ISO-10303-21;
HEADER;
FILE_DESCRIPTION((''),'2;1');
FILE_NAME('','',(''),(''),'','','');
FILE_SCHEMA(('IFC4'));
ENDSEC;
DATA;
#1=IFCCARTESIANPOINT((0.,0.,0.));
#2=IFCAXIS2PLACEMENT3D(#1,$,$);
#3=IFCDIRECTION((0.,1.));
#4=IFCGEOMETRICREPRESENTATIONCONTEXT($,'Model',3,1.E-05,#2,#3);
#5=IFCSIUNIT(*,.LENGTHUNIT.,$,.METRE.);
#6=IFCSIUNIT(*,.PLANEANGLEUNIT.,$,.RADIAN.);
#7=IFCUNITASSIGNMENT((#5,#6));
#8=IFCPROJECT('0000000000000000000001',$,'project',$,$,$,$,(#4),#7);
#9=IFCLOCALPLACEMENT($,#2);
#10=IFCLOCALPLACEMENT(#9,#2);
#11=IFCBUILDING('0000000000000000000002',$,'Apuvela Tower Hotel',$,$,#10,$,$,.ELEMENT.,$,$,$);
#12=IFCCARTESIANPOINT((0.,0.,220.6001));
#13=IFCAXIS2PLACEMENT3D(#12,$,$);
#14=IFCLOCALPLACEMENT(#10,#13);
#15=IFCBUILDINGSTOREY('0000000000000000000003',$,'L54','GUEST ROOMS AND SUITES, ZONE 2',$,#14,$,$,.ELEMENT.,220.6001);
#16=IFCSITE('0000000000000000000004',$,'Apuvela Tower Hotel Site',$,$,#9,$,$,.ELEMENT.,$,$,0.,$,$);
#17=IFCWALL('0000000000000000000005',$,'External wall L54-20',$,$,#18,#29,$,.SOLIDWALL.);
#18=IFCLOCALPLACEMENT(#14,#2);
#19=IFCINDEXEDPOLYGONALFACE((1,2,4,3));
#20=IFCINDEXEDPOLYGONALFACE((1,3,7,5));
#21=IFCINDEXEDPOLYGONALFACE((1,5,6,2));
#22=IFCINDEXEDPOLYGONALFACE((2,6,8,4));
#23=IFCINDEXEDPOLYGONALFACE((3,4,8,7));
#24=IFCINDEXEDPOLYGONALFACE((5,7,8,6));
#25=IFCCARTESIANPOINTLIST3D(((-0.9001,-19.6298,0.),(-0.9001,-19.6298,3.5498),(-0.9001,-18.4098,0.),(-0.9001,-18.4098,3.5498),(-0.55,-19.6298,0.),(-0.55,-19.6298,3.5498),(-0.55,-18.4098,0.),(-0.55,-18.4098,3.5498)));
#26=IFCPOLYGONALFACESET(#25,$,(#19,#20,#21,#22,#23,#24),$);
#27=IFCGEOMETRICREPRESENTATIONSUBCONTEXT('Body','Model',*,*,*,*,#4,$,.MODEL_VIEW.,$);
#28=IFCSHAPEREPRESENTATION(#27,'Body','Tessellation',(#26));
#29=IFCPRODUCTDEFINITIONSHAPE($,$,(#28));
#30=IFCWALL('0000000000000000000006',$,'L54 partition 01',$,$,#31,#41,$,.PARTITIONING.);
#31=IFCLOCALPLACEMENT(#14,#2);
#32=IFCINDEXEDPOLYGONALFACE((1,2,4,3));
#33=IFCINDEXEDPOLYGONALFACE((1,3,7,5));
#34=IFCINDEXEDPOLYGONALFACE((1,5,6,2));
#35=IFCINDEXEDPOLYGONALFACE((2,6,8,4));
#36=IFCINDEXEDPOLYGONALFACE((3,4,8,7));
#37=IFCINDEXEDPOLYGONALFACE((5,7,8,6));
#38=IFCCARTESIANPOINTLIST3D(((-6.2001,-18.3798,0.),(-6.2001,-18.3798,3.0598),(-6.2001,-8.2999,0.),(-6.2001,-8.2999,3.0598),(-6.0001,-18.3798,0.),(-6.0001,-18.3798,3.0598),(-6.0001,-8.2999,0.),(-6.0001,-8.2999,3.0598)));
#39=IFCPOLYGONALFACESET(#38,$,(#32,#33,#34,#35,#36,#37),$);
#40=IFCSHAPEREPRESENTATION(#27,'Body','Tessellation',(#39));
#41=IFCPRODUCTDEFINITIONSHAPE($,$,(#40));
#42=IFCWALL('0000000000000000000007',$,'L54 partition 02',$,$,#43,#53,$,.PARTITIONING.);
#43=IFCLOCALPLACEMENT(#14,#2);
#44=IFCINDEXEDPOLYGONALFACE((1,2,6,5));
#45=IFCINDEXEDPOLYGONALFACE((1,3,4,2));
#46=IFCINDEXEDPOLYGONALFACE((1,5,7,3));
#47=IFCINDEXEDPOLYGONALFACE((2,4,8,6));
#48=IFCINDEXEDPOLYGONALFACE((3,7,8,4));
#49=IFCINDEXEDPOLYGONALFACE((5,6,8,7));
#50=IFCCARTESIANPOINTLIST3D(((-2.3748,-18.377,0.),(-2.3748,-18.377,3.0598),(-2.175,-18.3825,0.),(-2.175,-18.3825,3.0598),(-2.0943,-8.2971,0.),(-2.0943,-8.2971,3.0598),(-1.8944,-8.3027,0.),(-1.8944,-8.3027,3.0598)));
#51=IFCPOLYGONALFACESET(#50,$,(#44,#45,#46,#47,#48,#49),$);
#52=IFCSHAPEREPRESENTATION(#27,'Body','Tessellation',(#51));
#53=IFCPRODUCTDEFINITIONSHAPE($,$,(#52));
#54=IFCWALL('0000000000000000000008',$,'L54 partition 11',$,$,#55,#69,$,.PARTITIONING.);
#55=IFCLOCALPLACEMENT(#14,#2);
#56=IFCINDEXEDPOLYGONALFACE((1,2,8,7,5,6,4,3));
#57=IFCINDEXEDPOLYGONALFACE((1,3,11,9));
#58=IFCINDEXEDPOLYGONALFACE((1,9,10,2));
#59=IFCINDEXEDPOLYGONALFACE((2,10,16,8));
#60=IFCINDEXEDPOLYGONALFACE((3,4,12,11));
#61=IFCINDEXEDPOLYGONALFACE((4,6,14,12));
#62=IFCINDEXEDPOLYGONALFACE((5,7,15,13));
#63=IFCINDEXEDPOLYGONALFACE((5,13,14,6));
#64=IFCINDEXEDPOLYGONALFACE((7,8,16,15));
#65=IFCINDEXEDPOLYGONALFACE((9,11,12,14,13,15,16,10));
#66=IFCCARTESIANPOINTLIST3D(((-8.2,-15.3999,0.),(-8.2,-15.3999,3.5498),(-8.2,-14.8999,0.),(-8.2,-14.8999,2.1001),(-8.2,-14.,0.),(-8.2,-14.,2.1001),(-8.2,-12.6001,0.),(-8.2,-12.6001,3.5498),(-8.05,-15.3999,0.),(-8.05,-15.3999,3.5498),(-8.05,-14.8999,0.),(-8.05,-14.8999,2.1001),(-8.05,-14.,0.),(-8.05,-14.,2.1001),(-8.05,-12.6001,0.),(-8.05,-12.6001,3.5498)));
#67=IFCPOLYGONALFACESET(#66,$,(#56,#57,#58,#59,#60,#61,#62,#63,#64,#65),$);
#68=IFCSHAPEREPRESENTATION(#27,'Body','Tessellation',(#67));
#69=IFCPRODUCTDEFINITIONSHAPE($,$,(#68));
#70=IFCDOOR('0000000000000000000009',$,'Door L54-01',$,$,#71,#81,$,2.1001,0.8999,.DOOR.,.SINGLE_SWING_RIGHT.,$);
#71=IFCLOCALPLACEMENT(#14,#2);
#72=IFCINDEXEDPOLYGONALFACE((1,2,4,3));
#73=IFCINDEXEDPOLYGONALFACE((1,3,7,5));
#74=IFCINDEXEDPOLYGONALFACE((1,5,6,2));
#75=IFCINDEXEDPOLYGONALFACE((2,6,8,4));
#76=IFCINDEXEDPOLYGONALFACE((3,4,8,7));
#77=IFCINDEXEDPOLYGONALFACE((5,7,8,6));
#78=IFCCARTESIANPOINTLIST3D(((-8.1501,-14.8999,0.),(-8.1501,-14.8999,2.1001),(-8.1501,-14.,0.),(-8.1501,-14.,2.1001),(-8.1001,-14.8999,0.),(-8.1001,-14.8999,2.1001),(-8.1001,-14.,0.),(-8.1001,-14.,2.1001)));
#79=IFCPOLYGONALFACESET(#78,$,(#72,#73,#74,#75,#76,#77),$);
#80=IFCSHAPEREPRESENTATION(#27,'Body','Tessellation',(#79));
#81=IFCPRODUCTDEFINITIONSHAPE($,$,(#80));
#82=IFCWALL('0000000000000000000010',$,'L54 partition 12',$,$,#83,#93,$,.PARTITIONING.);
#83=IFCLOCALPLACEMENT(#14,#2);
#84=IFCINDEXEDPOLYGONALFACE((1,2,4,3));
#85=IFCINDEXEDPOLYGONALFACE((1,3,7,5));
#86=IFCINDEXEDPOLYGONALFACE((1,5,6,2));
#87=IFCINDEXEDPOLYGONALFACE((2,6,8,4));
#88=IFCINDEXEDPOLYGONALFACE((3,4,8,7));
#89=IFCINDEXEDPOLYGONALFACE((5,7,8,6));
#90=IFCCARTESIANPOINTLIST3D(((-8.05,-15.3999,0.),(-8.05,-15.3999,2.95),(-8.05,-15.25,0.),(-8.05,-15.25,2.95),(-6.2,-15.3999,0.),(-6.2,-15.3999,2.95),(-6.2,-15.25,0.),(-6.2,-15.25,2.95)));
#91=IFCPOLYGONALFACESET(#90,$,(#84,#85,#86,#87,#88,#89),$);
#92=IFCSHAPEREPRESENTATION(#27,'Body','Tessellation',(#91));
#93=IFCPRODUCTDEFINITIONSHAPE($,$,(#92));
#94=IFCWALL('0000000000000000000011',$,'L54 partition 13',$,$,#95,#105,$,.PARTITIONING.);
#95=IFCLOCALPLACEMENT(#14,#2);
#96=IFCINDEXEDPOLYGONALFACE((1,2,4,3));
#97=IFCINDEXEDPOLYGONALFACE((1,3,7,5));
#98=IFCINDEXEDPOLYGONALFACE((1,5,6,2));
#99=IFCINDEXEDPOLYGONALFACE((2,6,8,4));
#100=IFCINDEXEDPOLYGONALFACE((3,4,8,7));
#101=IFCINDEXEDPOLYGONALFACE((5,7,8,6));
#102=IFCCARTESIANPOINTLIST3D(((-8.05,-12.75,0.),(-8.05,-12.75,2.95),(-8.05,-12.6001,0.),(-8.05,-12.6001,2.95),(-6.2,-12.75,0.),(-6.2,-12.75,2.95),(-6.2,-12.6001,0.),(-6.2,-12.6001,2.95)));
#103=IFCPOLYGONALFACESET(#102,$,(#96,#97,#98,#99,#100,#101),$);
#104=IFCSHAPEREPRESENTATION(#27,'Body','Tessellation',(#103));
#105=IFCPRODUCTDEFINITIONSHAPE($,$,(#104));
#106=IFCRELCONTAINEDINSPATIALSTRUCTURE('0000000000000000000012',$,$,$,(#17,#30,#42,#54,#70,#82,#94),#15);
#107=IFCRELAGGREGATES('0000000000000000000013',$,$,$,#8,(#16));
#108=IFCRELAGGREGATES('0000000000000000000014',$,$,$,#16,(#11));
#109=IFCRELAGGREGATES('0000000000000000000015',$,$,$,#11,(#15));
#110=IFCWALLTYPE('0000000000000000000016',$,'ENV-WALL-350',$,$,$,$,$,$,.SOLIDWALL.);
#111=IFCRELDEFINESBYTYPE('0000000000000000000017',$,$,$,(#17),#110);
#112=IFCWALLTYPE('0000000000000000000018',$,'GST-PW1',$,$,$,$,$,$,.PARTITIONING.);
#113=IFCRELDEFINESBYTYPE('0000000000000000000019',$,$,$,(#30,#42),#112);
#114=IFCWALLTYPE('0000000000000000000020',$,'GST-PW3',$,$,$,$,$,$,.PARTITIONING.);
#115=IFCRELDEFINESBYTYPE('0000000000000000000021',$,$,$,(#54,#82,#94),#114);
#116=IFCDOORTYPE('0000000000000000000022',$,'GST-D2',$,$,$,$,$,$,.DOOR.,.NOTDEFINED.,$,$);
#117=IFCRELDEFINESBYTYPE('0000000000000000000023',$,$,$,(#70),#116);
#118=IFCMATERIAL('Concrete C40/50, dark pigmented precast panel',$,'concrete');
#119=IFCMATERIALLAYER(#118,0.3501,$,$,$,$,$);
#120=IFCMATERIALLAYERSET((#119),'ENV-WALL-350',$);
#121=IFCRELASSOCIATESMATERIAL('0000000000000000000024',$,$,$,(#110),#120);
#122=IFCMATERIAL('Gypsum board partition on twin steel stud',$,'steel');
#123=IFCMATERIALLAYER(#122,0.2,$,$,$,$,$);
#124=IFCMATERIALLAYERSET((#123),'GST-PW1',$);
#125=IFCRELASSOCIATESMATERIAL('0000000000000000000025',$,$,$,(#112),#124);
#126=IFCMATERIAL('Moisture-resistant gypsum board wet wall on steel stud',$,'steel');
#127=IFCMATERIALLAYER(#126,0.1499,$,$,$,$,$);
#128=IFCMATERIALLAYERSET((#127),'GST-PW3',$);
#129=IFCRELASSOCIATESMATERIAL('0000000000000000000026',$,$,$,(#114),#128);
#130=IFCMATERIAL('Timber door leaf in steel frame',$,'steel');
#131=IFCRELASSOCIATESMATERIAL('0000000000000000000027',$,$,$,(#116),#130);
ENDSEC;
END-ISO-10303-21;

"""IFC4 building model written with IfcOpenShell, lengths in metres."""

from ifc_helpers import new_model, si_unit, direction, frame, frame_2d, origin, place, context, subcontext, project, spatial, rectangle, extrude, material, layer, layer_set, type_object, element, fill, save


model = new_model("IFC4")

# Units and contexts
model_context = context("Model", 3, precision=1e-05, world=origin(), true_north=direction((0.0, 1.0)))
body_context = subcontext(model_context, "Body", "Model", "MODEL_VIEW")
ifc_project = project(units=[si_unit("LENGTHUNIT", "METRE"), si_unit("PLANEANGLEUNIT", "RADIAN")], contexts=[model_context])

# Site, building, storey
site_placement = place(None, origin())
site = spatial("IfcSite", under=ifc_project, at=site_placement, Name="Apuvela Tower Hotel Site", CompositionType="ELEMENT", RefElevation=0.0)
building_placement = place(site_placement, origin())
building = spatial("IfcBuilding", under=site, at=building_placement, Name="Apuvela Tower Hotel", CompositionType="ELEMENT")
storey_placement = place(building_placement, frame((0.0, 0.0, 220.6001)))
storey = spatial("IfcBuildingStorey", under=building, at=storey_placement, Name="L54", Description="GUEST ROOMS AND SUITES, ZONE 2", CompositionType="ELEMENT", Elevation=220.6001)

# Shared definitions
ifc_material_1 = material(Name="Concrete C40/50, dark pigmented precast panel", Category="concrete")
ifc_layer_1 = layer(ifc_material_1, 0.3501)
ifc_layer_set_1 = layer_set([ifc_layer_1], Name="ENV-WALL-350")
wall_type_1 = type_object("IfcWallType", Name="ENV-WALL-350", PredefinedType="SOLIDWALL", material=ifc_layer_set_1)

# Wall
wall_1_placement = place(storey_placement, frame((-0.7251, -18.4099, 0.0), z_axis=(0.0, 0.0, 1.0), x_axis=(0.0, -1.0, 0.0)))
element("IfcWall", 1, at=wall_1_placement, inside=storey, type_object=wall_type_1, Name="External wall L54-20", PredefinedType="SOLIDWALL", context=body_context, shape_type="SweptSolid", body=[
    extrude(rectangle(XDim=1.22, YDim=0.3501, at=frame_2d((0.6099, 0.0))), origin(), (0.0, 0.0, 1.0), 3.5498),
])

# Walls
ifc_material_2 = material(Name="Gypsum board partition on twin steel stud", Category="steel")
ifc_layer_2 = layer(ifc_material_2, 0.2)
ifc_layer_set_2 = layer_set([ifc_layer_2], Name="GST-PW1")
wall_type_2 = type_object("IfcWallType", Name="GST-PW1", PredefinedType="PARTITIONING", material=ifc_layer_set_2)
wall_2_placement = place(storey_placement, frame((-6.1001, -18.3799, 0.0), z_axis=(0.0, 0.0, 1.0), x_axis=(0.0, 1.0, 0.0)))
element("IfcWall", 2, at=wall_2_placement, inside=storey, type_object=wall_type_2, Name="L54 partition 01", PredefinedType="PARTITIONING", context=body_context, shape_type="SweptSolid", body=[
    extrude(rectangle(XDim=10.0798, YDim=0.2, at=frame_2d((5.04, 0.0))), origin(), (0.0, 0.0, 1.0), 3.0598),
])
wall_3_placement = place(storey_placement, frame((-2.2749, -18.3799, 0.0), z_axis=(0.0, 0.0, 1.0), x_axis=(0.027819, 0.999613, 0.0)))
element("IfcWall", 3, at=wall_3_placement, inside=storey, type_object=wall_type_2, Name="L54 partition 02", PredefinedType="PARTITIONING", context=body_context, shape_type="SweptSolid", body=[
    extrude(rectangle(XDim=10.0837, YDim=0.2, at=frame_2d((5.042, 0.0))), origin(), (0.0, 0.0, 1.0), 3.0598),
])

# Wall, opening, door
ifc_material_3 = material(Name="Moisture-resistant gypsum board wet wall on steel stud", Category="steel")
ifc_layer_3 = layer(ifc_material_3, 0.1499)
ifc_layer_set_3 = layer_set([ifc_layer_3], Name="GST-PW3")
wall_type_3 = type_object("IfcWallType", Name="GST-PW3", PredefinedType="PARTITIONING", material=ifc_layer_set_3)
wall_4_placement = place(storey_placement, frame((-8.125, -12.6001, 0.0), z_axis=(0.0, 0.0, 1.0), x_axis=(0.0, -1.0, 0.0)))
wall_4 = element("IfcWall", 4, at=wall_4_placement, inside=storey, type_object=wall_type_3, Name="L54 partition 11", PredefinedType="PARTITIONING", context=body_context, shape_type="SweptSolid", body=[
    extrude(rectangle(XDim=2.7998, YDim=0.1499, at=frame_2d((1.3999, 0.0))), origin(), (0.0, 0.0, 1.0), 3.5498),
])
opening_1_placement = place(wall_4_placement, frame((1.3999, 0.0, 0.0)))
opening_1 = element("IfcOpeningElement", 5, at=opening_1_placement, cuts=wall_4, PredefinedType="OPENING", context=body_context, shape_type="SweptSolid", body=[
    extrude(rectangle(XDim=0.8999, YDim=2.1001, at=frame_2d((0.45, 1.05))), frame((0.0, 0.085, 0.0), z_axis=(0.0, -1.0, 0.0), x_axis=(1.0, 0.0, 0.0)), (0.0, 0.0, 1.0), 0.1699),
])
ifc_material_4 = material(Name="Timber door leaf in steel frame", Category="steel")
door_type_1 = type_object("IfcDoorType", Name="GST-D2", OperationType="NOTDEFINED", PredefinedType="DOOR", material=ifc_material_4)
door_1_placement = place(opening_1_placement, origin())
door_1 = element("IfcDoor", 6, at=door_1_placement, inside=storey, type_object=door_type_1, Name="Door L54-01", OperationType="SINGLE_SWING_RIGHT", OverallHeight=2.1001, OverallWidth=0.8999, PredefinedType="DOOR", context=body_context, shape_type="SweptSolid", body=[
    extrude(rectangle(XDim=0.8999, YDim=2.1001, at=frame_2d((0.45, 1.05))), frame((0.0, 0.0249, 0.0), z_axis=(0.0, -1.0, 0.0), x_axis=(1.0, 0.0, 0.0)), (0.0, 0.0, 1.0), 0.05),
])
fill(opening_1, door_1)

# Walls
for number, where, z_axis, x_axis, name in (
    (7, (-8.05, -15.325, 0.0), (0.0, 0.0, 1.0), (1.0, 0.0, 0.0), "L54 partition 12"),
    (8, (-8.05, -12.675, 0.0), (0.0, 0.0, 1.0), (1.0, 0.0, 0.0), "L54 partition 13"),
):
    element("IfcWall", number, at=place(storey_placement, frame(where, z_axis=z_axis, x_axis=x_axis)), inside=storey, type_object=wall_type_3, Name=name, PredefinedType="PARTITIONING", context=body_context, shape_type="SweptSolid", body=[
        extrude(rectangle(XDim=1.8501, YDim=0.1499, at=frame_2d((0.925, 0.0))), origin(), (0.0, 0.0, 1.0), 2.95),
    ])

save(model, "model.ifc")
